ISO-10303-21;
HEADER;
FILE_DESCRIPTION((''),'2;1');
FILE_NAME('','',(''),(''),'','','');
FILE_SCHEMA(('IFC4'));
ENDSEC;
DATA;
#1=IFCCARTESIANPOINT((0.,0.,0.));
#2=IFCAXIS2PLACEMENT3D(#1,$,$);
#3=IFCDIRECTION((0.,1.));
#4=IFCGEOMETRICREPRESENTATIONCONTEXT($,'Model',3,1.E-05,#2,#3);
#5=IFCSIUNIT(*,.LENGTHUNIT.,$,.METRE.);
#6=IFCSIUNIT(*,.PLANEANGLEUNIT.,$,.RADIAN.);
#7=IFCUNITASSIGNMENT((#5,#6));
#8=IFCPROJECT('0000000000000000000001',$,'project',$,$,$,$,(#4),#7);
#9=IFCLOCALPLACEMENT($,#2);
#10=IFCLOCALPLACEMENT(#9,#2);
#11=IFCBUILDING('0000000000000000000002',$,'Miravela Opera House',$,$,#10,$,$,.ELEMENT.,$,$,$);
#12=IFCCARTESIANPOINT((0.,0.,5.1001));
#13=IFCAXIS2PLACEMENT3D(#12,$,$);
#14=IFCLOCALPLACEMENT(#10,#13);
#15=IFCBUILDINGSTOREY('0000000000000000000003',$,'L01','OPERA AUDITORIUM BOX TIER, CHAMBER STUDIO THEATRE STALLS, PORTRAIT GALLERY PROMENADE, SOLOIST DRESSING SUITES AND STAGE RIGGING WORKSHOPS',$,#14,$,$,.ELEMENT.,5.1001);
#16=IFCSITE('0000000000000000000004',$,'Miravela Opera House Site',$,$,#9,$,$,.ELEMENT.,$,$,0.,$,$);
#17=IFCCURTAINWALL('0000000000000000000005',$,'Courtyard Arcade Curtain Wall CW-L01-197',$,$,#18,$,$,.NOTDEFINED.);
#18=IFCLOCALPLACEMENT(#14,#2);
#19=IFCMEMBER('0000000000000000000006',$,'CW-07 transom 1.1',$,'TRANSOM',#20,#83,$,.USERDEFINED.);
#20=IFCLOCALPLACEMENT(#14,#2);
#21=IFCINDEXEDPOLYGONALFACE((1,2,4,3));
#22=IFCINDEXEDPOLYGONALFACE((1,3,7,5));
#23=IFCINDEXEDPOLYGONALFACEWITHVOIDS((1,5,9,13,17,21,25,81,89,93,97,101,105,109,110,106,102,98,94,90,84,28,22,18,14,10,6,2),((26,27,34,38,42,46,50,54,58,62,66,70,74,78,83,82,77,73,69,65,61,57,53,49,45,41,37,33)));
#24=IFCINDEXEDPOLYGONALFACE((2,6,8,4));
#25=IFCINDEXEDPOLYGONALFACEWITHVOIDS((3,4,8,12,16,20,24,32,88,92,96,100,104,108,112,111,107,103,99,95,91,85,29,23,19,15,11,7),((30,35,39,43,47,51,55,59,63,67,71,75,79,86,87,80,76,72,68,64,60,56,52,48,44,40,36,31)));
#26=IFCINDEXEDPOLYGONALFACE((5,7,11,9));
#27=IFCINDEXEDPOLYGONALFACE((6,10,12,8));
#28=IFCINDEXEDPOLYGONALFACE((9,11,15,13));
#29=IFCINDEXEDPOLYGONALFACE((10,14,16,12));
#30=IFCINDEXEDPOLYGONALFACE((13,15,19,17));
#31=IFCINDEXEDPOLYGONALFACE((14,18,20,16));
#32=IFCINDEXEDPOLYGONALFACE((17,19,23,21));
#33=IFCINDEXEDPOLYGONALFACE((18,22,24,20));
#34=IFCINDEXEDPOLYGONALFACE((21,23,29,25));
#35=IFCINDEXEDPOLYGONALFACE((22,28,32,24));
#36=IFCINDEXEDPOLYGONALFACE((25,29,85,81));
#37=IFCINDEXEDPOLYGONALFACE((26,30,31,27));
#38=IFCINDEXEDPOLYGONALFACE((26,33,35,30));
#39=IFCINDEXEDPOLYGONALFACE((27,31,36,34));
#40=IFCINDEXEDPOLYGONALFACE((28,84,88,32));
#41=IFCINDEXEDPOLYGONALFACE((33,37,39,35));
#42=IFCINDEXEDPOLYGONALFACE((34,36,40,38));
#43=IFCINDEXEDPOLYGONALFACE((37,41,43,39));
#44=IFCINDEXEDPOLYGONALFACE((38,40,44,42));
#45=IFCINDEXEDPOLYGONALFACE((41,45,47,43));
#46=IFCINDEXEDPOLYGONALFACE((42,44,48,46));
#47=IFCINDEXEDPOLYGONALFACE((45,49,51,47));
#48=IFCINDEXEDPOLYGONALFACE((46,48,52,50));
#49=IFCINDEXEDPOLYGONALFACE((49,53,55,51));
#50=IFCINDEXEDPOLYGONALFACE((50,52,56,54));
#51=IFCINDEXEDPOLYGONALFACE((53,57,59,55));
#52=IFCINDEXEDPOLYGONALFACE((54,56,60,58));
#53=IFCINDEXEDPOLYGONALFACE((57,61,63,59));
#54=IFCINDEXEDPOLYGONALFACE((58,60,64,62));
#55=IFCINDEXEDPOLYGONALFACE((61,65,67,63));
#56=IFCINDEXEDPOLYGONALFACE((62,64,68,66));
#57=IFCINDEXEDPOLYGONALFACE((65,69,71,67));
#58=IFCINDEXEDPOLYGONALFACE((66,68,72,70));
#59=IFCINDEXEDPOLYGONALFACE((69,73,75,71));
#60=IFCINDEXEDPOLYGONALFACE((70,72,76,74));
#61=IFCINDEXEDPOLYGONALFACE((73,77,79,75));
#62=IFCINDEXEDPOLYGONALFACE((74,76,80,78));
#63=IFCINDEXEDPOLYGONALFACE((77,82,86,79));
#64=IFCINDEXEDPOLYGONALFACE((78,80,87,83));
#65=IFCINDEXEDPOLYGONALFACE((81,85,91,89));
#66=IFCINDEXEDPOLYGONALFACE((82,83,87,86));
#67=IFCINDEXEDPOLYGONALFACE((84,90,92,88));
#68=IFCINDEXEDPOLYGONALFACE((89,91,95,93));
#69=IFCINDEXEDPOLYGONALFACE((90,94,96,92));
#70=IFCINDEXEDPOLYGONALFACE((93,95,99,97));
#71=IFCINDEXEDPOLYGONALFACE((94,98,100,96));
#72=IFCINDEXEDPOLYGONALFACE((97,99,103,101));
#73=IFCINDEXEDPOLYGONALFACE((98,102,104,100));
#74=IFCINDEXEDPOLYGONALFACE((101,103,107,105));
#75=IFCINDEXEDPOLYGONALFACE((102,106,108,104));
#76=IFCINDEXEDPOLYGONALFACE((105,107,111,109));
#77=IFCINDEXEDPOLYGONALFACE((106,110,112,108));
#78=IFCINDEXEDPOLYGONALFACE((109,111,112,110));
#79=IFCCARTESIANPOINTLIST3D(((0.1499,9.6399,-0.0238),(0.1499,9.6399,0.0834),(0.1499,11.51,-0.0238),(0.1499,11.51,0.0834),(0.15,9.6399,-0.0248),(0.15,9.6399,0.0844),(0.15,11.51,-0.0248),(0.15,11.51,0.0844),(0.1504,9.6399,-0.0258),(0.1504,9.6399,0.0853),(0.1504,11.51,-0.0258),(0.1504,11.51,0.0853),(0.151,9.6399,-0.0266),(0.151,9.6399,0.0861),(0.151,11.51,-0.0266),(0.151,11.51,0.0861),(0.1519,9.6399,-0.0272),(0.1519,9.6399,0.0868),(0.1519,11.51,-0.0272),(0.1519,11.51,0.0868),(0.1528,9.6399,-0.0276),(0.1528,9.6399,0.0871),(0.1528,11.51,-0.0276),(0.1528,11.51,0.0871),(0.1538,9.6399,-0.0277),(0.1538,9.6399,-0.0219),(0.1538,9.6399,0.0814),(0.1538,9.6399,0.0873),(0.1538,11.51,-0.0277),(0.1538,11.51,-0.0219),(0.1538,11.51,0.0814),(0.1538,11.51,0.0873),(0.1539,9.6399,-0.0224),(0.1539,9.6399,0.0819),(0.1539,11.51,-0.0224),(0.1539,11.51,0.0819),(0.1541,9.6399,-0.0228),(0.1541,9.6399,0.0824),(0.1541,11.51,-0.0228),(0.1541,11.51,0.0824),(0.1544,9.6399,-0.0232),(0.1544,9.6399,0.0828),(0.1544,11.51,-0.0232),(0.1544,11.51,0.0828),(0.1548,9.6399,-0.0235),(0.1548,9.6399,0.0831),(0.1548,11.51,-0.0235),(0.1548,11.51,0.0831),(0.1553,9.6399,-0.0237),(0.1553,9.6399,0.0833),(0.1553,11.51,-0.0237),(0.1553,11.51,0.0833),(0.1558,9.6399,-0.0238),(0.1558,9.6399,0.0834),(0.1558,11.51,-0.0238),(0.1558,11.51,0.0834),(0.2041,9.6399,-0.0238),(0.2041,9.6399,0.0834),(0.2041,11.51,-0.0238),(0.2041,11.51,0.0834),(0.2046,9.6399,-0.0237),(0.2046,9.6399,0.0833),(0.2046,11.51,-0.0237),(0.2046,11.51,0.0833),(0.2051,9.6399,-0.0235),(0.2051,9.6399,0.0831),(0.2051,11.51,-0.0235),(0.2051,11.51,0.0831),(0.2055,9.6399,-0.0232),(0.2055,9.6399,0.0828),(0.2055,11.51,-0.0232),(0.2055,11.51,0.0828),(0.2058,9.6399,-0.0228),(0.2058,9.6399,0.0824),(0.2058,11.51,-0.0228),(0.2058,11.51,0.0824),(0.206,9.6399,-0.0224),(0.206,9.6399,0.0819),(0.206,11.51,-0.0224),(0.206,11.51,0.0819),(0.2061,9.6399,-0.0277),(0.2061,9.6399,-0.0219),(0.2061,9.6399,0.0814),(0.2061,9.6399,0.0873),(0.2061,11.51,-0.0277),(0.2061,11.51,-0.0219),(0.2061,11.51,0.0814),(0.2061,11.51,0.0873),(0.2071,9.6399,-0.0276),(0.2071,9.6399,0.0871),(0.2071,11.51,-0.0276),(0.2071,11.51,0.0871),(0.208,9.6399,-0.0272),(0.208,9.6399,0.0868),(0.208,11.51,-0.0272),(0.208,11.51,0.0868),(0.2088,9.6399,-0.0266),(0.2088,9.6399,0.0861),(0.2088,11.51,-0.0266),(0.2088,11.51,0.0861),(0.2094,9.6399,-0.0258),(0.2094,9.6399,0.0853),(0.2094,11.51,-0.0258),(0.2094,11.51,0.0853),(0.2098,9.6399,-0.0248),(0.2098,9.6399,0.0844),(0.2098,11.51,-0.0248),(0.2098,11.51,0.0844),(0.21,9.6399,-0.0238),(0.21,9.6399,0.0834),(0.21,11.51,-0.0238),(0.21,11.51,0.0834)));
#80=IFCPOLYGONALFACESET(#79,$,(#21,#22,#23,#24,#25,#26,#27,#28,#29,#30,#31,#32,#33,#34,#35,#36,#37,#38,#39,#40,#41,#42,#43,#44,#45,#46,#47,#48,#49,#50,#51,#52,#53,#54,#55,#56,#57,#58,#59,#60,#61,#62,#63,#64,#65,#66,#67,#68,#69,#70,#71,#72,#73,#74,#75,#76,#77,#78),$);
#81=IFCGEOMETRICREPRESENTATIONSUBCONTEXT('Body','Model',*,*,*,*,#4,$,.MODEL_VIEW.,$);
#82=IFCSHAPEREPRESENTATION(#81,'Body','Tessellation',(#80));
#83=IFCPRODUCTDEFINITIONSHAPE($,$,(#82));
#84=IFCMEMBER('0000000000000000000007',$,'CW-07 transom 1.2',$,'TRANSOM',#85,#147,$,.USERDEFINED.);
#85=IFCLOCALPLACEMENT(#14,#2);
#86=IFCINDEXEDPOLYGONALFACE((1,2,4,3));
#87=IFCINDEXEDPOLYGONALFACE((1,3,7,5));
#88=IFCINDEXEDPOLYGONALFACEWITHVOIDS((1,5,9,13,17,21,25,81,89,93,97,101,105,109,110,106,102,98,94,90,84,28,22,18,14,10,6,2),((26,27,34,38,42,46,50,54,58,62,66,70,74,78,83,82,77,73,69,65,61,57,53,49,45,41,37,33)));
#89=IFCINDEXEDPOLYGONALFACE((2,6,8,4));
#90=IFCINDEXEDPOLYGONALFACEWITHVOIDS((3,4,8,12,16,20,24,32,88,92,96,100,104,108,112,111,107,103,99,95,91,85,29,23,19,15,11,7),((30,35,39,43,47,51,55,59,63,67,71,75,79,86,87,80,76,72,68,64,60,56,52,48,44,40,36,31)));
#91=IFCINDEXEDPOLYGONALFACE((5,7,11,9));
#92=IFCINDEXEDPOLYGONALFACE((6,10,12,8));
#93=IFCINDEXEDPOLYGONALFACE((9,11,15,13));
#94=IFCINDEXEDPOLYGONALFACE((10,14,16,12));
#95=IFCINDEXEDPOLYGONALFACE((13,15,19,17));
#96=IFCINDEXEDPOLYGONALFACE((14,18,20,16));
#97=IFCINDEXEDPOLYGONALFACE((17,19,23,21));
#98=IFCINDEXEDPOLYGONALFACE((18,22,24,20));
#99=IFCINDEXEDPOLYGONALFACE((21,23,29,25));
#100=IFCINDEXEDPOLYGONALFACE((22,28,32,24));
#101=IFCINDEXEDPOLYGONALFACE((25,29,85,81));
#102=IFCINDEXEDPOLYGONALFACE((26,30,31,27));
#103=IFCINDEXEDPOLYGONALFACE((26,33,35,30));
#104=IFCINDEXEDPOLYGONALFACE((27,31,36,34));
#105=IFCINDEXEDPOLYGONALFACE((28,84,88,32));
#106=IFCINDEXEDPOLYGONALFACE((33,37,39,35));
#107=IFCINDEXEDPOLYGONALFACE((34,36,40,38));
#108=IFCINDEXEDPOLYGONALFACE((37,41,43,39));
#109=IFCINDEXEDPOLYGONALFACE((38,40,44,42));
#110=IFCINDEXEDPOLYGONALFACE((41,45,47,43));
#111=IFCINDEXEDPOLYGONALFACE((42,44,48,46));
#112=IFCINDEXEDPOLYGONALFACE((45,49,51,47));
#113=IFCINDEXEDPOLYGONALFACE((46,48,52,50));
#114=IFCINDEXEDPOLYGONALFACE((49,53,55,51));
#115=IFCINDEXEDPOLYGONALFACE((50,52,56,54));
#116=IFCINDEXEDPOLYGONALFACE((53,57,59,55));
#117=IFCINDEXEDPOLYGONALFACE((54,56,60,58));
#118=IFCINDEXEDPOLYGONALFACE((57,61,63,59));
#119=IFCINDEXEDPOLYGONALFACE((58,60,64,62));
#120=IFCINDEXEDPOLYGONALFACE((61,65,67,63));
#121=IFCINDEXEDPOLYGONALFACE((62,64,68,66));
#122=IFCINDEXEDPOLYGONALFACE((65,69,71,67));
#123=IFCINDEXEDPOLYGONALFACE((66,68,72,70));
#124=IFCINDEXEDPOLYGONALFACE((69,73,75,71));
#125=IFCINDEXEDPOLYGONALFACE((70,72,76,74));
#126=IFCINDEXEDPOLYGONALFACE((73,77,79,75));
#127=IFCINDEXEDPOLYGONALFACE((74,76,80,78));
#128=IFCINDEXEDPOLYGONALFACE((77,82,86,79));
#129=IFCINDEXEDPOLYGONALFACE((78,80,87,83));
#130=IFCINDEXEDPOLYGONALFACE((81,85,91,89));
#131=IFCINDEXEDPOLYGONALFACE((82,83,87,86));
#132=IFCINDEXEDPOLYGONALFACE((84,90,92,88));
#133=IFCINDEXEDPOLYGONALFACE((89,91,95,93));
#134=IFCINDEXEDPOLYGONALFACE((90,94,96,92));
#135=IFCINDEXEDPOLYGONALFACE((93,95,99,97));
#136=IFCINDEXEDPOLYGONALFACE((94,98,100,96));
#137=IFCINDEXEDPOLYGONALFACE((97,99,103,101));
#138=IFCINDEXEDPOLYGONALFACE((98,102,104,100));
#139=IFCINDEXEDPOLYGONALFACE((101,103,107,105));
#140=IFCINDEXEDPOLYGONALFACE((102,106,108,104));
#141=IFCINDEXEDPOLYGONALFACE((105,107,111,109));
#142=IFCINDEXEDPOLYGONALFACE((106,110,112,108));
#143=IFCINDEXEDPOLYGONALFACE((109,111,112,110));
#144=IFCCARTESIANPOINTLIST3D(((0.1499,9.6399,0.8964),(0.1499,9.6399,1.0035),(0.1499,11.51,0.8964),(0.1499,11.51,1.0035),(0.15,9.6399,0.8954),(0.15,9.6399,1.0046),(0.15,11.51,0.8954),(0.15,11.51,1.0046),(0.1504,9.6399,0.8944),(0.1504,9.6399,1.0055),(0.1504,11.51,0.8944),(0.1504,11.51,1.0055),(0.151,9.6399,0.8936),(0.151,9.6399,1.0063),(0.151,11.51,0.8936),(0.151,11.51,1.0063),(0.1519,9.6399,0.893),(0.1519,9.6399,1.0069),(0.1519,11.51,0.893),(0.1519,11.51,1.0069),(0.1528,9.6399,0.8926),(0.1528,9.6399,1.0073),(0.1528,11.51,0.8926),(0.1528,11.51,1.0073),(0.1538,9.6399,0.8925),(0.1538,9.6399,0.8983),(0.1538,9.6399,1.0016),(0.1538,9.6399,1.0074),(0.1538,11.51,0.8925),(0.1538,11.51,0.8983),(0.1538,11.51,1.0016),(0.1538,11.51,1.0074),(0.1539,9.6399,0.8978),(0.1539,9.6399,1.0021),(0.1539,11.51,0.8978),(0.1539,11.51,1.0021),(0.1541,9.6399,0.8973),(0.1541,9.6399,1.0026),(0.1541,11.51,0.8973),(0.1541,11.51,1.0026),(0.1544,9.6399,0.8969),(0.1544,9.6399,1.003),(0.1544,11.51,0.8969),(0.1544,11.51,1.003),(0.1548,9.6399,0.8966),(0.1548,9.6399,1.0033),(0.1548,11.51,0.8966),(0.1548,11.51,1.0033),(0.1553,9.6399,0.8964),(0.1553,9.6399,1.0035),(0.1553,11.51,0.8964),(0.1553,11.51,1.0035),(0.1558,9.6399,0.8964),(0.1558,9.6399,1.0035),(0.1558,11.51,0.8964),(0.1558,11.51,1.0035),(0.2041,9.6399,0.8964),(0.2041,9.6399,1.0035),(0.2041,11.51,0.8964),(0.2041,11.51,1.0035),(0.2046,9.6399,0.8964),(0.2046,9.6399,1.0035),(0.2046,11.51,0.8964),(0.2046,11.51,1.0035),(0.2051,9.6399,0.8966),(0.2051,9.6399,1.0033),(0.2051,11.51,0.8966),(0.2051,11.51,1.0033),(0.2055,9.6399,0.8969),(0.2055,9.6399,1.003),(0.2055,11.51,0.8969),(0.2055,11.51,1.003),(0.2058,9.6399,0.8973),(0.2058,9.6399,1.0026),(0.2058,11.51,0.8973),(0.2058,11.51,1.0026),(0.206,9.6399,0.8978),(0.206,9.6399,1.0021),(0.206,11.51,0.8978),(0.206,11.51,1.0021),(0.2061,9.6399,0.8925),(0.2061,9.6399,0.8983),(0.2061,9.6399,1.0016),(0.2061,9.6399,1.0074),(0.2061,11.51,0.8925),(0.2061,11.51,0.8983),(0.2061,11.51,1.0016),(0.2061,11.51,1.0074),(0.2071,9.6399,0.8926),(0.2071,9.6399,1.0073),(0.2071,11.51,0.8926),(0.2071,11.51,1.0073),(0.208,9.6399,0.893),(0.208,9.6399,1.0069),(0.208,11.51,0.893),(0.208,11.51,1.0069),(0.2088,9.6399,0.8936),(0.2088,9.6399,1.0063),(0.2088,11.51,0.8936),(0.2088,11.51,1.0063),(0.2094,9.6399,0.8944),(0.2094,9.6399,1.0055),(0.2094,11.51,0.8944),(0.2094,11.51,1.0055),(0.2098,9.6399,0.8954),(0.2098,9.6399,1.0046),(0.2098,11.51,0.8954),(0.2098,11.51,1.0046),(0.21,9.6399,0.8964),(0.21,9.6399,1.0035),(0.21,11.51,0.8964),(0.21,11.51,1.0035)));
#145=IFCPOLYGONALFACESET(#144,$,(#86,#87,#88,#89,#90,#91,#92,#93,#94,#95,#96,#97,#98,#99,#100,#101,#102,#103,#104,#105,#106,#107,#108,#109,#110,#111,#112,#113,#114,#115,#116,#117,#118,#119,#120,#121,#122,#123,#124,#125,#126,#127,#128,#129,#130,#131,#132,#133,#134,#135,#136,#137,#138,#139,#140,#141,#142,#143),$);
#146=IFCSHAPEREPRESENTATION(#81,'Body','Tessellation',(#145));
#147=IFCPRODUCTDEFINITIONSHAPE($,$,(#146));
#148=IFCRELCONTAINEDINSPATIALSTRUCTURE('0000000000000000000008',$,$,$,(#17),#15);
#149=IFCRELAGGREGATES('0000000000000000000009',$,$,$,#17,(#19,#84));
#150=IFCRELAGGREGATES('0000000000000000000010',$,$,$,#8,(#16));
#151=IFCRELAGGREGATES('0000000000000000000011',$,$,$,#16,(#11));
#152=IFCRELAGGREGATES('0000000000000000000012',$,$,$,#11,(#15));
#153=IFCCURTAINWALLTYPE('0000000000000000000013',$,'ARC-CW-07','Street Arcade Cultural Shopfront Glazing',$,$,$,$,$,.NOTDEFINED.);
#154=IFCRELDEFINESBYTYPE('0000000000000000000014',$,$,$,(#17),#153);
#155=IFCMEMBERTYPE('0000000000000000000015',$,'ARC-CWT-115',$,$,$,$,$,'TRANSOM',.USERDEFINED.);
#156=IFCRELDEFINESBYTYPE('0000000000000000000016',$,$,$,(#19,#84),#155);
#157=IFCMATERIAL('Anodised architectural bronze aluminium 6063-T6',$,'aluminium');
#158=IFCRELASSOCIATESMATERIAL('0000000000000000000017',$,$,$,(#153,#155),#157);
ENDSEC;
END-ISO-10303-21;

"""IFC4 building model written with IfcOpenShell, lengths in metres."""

from ifc_helpers import new_model, si_unit, direction, frame, origin, origin_2d, place, context, subcontext, project, spatial, hollow_rectangle, extrude, material, material_profile, profile_set, type_object, element, aggregate, save


model = new_model("IFC4")

# Units and contexts
model_context = context("Model", 3, precision=1e-05, world=origin(), true_north=direction((0.0, 1.0)))
body_context = subcontext(model_context, "Body", "Model", "MODEL_VIEW")
ifc_project = project(units=[si_unit("LENGTHUNIT", "METRE"), si_unit("PLANEANGLEUNIT", "RADIAN")], contexts=[model_context])

# Site, building, storey
site_placement = place(None, origin())
site = spatial("IfcSite", under=ifc_project, at=site_placement, Name="Miravela Opera House Site", CompositionType="ELEMENT", RefElevation=0.0)
building_placement = place(site_placement, origin())
building = spatial("IfcBuilding", under=site, at=building_placement, Name="Miravela Opera House", CompositionType="ELEMENT")
storey_placement = place(building_placement, frame((0.0, 0.0, 5.1001)))
storey = spatial("IfcBuildingStorey", under=building, at=storey_placement, Name="L01", Description="OPERA AUDITORIUM BOX TIER, CHAMBER STUDIO THEATRE STALLS, PORTRAIT GALLERY PROMENADE, SOLOIST DRESSING SUITES AND STAGE RIGGING WORKSHOPS", CompositionType="ELEMENT", Elevation=5.1001)

# Shared definitions
ifc_material_1 = material(Name="Anodised architectural bronze aluminium 6063-T6", Category="aluminium")
curtain_wall_type = type_object("IfcCurtainWallType", Name="ARC-CW-07", Description="Street Arcade Cultural Shopfront Glazing", PredefinedType="NOTDEFINED", material=ifc_material_1)

# Curtain wall
curtain_wall_1_placement = place(storey_placement, origin())
curtain_wall_1 = element("IfcCurtainWall", 1, at=curtain_wall_1_placement, inside=storey, type_object=curtain_wall_type, Name="Courtyard Arcade Curtain Wall CW-L01-197", PredefinedType="NOTDEFINED")

# Members
ifc_material_profile_1 = material_profile(ifc_material_1, hollow_rectangle(XDim=0.0601, YDim=0.115, WallThickness=0.0039, InnerFilletRadius=0.002, OuterFilletRadius=0.0039, at=origin_2d()), Name="CWT-60X115")
ifc_profile_set_1 = profile_set([ifc_material_profile_1])
member_type_1 = type_object("IfcMemberType", Name="ARC-CWT-115", ElementType="TRANSOM", PredefinedType="USERDEFINED", material=ifc_profile_set_1)
member_1_placement = place(storey_placement, frame((0.1799, 9.6399, 0.0298), z_axis=(0.0, 1.0, 0.0), x_axis=(-1.0, 0.0, 0.0)))
member_1 = element("IfcMember", 2, at=member_1_placement, type_object=member_type_1, Name="CW-07 transom 1.1", ObjectType="TRANSOM", PredefinedType="USERDEFINED", context=body_context, shape_type="SweptSolid", body=[
    extrude(hollow_rectangle(XDim=0.0601, YDim=0.115, WallThickness=0.0039, InnerFilletRadius=0.002, OuterFilletRadius=0.0039, at=origin_2d()), origin(), (0.0, 0.0, 1.0), 1.8701),
])
member_2_placement = place(storey_placement, frame((0.1799, 9.6399, 0.95), z_axis=(0.0, 1.0, 0.0), x_axis=(-1.0, 0.0, 0.0)))
member_2 = element("IfcMember", 3, at=member_2_placement, type_object=member_type_1, Name="CW-07 transom 1.2", ObjectType="TRANSOM", PredefinedType="USERDEFINED", context=body_context, shape_type="SweptSolid", body=[
    extrude(hollow_rectangle(XDim=0.0601, YDim=0.115, WallThickness=0.0039, InnerFilletRadius=0.002, OuterFilletRadius=0.0039, at=origin_2d()), origin(), (0.0, 0.0, 1.0), 1.8701),
])
aggregate(curtain_wall_1, [member_1, member_2])

save(model, "model.ifc")
